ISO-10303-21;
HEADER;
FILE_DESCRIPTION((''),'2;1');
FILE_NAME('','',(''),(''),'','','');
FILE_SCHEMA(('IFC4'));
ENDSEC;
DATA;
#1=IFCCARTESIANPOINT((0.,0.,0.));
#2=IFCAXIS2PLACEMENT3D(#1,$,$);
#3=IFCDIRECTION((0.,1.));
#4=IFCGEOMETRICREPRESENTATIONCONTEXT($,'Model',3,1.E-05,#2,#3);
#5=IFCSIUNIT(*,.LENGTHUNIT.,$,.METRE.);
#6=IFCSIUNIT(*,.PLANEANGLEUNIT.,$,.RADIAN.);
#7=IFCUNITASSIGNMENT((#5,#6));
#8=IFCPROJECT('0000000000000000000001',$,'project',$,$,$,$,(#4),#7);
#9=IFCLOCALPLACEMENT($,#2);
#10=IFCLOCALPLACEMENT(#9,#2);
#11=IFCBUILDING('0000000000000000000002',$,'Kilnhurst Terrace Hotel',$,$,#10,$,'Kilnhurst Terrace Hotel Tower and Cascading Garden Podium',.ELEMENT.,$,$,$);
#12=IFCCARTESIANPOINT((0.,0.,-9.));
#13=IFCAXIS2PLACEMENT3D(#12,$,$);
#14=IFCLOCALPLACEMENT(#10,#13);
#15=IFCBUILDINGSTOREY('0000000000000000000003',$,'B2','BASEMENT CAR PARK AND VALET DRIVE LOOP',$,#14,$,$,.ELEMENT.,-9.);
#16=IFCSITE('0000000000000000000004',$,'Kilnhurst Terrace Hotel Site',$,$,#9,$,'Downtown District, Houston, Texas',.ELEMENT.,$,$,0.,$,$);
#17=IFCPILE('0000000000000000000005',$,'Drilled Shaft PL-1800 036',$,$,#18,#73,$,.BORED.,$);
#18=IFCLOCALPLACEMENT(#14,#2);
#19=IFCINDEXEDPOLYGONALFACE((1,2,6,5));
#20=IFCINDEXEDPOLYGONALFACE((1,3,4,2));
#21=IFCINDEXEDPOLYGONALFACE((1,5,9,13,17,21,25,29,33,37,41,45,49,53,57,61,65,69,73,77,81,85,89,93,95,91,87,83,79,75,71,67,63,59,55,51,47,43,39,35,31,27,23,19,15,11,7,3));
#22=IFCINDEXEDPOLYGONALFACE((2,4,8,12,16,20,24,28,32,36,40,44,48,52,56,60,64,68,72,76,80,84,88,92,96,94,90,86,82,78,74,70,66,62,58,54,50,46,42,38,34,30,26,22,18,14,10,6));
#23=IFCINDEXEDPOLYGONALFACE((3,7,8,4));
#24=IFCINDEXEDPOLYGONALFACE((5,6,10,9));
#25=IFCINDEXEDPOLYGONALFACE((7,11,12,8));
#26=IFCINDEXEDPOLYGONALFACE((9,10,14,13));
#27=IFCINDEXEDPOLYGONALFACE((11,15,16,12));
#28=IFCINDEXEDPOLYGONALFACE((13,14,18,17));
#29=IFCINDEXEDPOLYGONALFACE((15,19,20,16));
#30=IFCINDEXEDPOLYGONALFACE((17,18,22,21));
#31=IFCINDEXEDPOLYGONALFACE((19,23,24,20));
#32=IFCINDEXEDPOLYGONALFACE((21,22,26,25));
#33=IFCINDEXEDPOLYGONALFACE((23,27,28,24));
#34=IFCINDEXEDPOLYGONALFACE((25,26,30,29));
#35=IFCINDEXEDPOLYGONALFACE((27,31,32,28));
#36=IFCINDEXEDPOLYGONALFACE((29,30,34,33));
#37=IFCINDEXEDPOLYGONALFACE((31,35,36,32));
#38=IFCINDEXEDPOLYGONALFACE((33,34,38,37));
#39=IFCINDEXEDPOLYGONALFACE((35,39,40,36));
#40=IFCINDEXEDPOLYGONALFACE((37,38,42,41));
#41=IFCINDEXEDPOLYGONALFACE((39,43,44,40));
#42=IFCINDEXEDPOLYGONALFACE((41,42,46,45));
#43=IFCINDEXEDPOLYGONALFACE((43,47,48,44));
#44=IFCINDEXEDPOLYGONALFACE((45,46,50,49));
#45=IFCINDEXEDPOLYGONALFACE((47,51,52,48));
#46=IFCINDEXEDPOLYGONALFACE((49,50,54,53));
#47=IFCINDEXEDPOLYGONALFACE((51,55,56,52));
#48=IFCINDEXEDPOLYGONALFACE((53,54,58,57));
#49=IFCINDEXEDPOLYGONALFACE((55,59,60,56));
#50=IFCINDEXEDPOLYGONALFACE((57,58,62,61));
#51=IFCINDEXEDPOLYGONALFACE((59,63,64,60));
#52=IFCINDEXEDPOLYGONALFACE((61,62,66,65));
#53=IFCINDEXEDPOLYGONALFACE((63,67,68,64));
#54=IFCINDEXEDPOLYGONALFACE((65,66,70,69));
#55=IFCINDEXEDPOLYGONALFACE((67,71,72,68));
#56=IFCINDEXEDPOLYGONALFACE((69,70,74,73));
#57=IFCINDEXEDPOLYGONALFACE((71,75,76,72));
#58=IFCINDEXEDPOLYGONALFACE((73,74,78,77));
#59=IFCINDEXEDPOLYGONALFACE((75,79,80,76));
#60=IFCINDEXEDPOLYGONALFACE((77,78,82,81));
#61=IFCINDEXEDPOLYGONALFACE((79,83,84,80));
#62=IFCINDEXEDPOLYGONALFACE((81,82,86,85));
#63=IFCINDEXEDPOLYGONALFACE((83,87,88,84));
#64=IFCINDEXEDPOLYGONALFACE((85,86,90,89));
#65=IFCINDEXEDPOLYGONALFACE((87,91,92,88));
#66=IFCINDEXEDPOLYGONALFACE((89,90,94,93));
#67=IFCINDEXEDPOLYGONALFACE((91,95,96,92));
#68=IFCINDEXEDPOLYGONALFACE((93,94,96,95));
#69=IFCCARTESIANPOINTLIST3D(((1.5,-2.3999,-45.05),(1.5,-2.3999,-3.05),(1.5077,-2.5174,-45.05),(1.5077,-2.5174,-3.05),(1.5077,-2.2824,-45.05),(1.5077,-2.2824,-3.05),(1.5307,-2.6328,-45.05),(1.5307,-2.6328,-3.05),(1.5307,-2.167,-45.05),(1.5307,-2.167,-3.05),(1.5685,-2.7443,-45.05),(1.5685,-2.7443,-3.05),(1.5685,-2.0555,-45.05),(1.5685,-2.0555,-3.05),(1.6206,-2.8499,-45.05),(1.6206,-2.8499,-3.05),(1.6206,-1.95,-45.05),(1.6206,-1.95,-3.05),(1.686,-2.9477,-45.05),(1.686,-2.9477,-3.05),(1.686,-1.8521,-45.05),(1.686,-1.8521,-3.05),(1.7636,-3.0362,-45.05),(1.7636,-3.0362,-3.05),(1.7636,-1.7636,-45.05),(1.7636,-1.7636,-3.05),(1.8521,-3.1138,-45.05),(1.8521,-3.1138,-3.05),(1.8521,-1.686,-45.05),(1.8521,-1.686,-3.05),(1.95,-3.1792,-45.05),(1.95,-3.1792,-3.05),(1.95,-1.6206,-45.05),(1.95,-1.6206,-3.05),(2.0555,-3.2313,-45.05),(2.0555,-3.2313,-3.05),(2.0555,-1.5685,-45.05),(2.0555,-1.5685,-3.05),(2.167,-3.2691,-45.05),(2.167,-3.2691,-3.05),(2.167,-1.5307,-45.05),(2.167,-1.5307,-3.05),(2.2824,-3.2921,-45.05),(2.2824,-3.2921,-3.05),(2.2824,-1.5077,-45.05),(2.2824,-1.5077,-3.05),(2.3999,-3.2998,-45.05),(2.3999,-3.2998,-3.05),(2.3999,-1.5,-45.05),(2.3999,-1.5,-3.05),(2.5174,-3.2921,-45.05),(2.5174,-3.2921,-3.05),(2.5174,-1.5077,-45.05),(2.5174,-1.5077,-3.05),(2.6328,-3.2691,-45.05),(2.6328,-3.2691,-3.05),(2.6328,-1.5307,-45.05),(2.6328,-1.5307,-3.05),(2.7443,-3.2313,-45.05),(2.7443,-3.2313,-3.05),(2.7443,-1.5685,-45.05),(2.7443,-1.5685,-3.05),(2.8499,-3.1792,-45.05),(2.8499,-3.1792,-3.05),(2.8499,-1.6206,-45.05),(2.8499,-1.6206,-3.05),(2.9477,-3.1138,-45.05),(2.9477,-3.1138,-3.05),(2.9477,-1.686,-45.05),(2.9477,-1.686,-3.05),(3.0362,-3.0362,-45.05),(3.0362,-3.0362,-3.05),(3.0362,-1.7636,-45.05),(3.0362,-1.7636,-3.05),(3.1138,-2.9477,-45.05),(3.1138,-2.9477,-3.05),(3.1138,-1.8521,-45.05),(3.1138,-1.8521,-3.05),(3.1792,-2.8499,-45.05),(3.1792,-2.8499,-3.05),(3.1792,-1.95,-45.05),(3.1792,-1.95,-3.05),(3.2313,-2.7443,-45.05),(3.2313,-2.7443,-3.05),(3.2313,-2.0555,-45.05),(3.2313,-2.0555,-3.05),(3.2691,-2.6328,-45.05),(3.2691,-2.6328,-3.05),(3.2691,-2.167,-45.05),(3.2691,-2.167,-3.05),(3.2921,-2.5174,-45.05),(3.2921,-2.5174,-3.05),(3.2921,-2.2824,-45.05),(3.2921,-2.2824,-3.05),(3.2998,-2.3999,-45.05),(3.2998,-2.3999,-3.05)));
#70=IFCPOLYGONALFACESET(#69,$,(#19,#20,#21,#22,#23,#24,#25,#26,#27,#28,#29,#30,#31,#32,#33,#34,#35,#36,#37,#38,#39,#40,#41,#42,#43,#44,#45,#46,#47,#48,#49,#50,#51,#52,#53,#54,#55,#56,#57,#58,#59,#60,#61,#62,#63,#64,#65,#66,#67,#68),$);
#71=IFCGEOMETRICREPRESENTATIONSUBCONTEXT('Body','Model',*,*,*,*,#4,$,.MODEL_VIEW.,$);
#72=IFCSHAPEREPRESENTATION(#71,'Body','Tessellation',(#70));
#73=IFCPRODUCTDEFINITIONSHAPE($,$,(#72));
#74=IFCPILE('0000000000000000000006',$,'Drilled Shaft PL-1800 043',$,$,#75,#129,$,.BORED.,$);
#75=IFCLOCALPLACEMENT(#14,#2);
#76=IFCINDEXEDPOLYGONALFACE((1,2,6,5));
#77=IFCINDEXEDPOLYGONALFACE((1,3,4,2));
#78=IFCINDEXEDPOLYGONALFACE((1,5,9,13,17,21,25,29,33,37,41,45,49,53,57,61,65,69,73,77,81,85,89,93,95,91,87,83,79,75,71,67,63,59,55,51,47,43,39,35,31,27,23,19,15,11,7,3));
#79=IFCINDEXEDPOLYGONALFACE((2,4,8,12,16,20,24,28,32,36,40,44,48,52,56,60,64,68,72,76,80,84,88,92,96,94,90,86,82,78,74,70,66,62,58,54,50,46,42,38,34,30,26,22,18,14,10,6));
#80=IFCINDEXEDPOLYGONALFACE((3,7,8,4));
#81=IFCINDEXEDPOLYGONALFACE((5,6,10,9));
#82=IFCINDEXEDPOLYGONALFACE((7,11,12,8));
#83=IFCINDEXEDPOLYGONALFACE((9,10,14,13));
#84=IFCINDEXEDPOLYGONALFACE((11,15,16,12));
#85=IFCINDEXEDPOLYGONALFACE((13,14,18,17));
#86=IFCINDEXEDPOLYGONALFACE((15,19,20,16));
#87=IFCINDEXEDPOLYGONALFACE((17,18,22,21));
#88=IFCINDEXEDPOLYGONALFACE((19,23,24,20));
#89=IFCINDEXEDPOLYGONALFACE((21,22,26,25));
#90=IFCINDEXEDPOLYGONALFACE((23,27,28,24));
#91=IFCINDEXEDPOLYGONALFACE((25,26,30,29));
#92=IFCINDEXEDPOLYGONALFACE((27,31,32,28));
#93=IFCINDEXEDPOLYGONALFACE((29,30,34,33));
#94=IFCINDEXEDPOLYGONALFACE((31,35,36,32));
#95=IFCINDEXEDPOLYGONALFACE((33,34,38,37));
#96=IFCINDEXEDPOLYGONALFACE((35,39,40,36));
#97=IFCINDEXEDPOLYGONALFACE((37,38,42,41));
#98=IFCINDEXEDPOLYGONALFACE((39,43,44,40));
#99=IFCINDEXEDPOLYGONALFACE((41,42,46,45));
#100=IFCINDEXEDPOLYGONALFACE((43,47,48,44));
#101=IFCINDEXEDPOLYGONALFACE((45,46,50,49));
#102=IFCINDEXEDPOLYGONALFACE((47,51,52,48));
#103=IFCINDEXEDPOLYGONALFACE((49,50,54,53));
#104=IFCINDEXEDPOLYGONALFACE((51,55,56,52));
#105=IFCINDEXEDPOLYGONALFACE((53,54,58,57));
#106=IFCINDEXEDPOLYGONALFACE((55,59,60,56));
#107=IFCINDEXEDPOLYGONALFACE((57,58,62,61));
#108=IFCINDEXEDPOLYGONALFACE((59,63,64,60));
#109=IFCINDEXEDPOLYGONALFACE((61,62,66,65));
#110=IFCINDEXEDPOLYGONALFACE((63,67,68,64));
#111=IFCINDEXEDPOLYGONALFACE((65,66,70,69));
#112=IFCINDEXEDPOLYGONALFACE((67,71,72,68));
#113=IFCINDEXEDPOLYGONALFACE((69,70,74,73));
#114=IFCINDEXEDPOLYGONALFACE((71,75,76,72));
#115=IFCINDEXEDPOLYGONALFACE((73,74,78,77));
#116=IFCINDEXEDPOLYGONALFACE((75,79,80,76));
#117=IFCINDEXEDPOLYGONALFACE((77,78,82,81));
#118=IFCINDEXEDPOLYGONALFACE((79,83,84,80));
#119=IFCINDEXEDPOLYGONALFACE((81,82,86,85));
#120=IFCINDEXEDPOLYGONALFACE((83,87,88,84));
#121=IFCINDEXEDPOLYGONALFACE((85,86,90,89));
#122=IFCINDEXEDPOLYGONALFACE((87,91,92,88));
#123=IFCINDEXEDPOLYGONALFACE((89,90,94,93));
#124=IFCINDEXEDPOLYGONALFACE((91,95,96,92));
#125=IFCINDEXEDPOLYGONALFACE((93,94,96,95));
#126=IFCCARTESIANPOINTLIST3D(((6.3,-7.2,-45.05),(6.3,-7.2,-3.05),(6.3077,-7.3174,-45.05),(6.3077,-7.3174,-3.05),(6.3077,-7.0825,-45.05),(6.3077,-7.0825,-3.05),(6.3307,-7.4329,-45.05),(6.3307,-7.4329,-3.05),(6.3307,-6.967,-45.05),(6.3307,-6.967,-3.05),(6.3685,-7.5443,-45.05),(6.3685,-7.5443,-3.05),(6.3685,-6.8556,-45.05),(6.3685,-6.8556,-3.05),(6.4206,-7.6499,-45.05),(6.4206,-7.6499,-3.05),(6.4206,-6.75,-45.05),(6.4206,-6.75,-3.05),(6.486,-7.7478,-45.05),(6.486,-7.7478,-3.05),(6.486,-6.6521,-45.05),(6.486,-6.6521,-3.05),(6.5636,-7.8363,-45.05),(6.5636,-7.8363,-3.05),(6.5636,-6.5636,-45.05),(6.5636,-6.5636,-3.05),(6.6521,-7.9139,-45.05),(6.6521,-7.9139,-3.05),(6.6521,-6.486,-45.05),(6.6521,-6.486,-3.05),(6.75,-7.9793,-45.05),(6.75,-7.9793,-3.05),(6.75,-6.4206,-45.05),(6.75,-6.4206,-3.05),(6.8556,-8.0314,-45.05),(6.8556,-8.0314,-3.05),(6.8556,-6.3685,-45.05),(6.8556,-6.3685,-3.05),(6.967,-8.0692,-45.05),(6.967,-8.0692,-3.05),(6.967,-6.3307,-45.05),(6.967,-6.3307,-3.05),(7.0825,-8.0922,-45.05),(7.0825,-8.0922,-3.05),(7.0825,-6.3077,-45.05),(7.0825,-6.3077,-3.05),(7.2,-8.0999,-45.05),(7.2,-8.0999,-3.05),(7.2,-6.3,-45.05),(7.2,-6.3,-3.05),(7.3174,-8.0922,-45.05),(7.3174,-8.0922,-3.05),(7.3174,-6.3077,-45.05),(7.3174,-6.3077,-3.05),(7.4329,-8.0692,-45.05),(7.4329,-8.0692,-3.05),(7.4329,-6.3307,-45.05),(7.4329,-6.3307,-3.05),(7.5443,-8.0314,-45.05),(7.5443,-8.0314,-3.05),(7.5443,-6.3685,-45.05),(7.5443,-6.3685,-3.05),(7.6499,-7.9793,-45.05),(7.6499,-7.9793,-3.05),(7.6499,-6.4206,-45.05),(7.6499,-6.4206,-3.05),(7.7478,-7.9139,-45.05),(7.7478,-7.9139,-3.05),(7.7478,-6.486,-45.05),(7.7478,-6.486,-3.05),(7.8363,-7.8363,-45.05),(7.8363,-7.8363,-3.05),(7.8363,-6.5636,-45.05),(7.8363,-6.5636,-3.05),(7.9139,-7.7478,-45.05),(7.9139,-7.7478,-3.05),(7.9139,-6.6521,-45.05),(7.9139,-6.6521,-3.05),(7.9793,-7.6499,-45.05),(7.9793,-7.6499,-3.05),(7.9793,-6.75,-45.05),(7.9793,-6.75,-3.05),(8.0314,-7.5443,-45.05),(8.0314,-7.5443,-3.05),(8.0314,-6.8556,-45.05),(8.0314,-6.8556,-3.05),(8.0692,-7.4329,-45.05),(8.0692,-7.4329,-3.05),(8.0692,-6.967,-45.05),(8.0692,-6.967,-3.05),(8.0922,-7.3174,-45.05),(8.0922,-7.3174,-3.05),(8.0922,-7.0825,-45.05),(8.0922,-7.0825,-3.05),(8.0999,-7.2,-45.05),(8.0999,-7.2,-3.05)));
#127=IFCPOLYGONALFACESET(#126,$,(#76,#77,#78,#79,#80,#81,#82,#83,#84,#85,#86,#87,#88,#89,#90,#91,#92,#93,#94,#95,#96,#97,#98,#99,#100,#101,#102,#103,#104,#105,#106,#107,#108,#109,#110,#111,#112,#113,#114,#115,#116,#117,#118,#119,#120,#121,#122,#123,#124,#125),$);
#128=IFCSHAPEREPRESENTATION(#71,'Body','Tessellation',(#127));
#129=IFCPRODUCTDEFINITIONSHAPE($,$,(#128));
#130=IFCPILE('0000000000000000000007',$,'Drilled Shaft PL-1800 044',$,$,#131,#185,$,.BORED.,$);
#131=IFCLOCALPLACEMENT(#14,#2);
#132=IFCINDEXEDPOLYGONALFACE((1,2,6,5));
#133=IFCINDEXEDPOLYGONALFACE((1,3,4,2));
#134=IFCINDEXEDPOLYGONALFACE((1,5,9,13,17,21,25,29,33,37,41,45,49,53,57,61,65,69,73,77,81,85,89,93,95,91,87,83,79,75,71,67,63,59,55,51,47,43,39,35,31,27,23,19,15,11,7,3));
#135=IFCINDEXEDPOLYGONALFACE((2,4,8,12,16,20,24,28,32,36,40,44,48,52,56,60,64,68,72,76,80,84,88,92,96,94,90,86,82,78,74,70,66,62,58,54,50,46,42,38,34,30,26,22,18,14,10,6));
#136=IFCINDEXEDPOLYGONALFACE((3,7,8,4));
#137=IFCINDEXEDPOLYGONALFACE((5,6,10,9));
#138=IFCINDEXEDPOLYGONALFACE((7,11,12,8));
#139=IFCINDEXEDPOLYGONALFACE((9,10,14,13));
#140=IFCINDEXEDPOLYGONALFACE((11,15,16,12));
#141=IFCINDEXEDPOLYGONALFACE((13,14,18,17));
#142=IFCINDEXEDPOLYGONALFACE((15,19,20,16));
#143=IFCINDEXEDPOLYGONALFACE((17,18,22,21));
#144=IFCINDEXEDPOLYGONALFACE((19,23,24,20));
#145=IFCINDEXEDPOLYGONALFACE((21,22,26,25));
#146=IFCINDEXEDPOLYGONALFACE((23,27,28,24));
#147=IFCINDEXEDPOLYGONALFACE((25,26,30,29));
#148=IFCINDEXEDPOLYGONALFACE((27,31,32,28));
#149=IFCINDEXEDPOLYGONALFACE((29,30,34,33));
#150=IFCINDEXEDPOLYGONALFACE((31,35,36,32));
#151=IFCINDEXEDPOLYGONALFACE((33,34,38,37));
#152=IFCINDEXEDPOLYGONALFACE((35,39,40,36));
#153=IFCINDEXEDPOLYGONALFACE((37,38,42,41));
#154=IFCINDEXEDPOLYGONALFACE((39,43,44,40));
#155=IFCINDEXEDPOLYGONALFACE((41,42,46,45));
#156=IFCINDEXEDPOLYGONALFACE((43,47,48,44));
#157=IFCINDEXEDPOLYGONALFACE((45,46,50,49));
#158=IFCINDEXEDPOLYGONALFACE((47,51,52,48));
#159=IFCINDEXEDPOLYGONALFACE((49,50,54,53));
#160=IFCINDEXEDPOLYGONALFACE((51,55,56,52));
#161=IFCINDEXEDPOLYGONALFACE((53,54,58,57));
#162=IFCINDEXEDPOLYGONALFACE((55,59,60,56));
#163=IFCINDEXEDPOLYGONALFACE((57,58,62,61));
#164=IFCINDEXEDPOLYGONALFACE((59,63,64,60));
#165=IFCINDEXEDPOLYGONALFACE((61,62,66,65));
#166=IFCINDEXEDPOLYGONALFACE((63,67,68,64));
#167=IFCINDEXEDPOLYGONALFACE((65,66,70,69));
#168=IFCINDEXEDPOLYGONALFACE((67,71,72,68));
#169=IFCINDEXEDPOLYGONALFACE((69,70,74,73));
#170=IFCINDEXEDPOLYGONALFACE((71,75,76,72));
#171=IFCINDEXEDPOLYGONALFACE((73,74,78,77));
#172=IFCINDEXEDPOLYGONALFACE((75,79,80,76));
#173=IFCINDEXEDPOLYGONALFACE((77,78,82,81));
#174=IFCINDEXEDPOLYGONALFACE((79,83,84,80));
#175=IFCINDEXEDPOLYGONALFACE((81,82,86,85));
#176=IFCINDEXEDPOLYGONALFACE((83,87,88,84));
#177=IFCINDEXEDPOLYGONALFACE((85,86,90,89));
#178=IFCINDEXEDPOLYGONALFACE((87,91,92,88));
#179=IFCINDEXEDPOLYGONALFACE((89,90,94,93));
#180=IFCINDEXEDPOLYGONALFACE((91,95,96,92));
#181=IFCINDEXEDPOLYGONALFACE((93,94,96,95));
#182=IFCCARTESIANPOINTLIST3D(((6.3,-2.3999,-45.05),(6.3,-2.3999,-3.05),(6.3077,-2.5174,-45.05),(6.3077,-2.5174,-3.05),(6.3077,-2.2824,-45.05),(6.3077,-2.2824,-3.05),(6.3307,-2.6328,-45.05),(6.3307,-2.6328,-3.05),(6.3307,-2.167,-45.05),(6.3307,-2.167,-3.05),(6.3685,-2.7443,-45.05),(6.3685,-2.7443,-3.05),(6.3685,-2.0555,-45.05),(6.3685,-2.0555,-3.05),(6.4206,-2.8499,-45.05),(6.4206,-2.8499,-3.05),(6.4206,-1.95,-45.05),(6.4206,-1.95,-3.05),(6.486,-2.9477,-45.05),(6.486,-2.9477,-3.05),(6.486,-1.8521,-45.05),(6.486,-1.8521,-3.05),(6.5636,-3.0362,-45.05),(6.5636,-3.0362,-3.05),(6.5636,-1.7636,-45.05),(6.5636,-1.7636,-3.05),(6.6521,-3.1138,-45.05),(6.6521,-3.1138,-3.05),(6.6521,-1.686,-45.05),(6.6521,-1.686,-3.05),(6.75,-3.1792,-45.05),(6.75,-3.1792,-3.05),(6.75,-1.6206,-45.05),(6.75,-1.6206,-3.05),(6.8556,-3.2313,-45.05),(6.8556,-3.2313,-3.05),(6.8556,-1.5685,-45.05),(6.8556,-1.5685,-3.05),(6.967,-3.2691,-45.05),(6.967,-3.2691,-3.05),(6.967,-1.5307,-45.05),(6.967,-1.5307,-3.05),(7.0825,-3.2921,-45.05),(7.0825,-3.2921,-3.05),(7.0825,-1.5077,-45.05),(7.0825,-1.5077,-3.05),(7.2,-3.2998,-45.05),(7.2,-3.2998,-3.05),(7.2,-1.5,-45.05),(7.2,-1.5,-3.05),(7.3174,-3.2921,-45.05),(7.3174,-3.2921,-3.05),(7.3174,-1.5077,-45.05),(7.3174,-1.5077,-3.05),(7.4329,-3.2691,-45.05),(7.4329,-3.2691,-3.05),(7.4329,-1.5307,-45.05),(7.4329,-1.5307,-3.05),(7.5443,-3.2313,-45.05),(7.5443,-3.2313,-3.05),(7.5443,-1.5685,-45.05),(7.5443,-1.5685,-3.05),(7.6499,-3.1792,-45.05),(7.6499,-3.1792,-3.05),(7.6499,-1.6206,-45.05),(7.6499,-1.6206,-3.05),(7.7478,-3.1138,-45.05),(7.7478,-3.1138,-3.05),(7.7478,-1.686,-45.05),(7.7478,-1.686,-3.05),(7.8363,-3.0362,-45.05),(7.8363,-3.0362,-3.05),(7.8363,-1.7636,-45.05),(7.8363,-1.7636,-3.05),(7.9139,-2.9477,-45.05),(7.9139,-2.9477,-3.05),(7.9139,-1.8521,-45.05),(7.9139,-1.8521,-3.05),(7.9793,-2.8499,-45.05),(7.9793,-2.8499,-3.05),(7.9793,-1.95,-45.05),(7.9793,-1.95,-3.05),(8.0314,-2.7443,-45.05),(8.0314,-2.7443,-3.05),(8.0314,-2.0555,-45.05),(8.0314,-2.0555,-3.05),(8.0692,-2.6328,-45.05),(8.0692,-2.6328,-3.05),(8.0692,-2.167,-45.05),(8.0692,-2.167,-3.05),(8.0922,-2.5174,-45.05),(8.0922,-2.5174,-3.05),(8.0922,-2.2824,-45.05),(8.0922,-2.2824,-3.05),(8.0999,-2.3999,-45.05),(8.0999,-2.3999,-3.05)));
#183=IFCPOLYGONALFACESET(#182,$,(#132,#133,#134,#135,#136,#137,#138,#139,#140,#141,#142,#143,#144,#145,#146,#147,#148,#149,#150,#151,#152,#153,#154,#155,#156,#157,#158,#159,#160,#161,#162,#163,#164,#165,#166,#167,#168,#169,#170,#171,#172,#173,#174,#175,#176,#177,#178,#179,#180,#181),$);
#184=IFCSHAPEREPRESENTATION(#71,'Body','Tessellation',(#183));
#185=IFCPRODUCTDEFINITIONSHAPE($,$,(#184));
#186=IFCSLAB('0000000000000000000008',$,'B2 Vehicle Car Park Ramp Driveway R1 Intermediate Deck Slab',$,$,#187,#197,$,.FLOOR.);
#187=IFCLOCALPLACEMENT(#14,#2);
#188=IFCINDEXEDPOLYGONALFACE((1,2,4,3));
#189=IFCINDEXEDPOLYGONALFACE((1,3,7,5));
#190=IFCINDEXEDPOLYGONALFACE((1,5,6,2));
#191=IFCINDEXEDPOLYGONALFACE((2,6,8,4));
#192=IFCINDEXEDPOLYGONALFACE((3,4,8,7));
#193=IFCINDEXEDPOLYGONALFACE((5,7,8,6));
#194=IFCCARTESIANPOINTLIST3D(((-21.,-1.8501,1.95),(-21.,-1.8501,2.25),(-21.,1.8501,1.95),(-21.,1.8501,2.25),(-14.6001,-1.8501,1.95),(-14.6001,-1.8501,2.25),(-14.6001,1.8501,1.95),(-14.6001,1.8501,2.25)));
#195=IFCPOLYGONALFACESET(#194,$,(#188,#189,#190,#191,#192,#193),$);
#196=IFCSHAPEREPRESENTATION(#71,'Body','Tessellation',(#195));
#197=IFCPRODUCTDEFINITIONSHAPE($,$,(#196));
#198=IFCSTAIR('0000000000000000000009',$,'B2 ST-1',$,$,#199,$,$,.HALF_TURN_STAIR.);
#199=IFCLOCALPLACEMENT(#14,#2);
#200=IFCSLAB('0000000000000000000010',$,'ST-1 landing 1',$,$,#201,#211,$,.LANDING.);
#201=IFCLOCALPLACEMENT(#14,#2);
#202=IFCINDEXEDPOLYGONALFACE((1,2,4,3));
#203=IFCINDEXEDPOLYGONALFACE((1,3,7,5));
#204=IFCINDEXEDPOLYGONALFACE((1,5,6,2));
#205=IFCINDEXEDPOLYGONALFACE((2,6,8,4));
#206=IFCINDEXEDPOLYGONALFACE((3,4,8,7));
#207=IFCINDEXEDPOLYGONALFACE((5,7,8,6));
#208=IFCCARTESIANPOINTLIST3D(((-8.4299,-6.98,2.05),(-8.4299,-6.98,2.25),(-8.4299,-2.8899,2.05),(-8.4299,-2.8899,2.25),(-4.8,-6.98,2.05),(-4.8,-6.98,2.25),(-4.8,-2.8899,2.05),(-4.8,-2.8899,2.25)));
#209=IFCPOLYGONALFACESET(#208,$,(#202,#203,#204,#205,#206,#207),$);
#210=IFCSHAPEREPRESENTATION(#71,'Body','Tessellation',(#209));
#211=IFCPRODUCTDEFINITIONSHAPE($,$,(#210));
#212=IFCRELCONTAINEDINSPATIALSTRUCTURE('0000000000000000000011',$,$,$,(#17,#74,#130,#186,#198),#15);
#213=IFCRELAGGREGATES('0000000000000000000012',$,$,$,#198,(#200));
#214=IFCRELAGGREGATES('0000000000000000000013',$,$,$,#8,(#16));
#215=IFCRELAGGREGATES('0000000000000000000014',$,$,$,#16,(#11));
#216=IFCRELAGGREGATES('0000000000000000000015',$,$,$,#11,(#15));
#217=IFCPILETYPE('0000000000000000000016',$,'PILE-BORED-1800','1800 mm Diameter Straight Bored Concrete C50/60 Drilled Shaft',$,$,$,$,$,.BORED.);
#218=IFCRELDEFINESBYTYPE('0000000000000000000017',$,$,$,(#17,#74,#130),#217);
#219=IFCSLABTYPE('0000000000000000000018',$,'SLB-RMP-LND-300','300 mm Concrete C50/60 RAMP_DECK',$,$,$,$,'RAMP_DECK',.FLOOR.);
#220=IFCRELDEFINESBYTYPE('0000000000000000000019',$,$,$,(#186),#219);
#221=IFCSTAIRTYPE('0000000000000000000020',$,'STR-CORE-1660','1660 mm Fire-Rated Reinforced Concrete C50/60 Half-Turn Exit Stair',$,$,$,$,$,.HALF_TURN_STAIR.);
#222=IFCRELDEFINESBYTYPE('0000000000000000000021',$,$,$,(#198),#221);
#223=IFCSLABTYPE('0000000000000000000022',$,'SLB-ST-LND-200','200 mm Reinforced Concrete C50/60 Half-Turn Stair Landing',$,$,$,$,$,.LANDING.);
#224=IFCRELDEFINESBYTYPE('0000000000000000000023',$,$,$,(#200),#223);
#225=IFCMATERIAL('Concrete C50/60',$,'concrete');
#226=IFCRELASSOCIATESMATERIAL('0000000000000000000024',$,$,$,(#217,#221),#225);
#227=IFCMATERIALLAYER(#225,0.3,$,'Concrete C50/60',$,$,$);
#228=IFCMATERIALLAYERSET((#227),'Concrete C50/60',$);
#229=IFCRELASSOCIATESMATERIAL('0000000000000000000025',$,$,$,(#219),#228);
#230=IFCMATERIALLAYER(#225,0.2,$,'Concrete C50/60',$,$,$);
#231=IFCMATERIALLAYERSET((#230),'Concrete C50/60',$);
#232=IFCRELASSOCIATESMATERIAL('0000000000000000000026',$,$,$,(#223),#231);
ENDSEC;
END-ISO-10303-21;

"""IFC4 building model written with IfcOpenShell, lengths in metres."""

from ifc_helpers import new_model, si_unit, direction, frame, origin, origin_2d, place, context, subcontext, project, spatial, polyline, circle, outline, extrude, material, layer, layer_set, material_profile, profile_set, type_object, element, aggregate, save


model = new_model("IFC4")

# Units and contexts
model_context = context("Model", 3, precision=1e-05, world=origin(), true_north=direction((0.0, 1.0)))
body_context = subcontext(model_context, "Body", "Model", "MODEL_VIEW")
ifc_project = project(units=[si_unit("LENGTHUNIT", "METRE"), si_unit("PLANEANGLEUNIT", "RADIAN")], contexts=[model_context])

# Site, building, storey
site_placement = place(None, origin())
site = spatial("IfcSite", under=ifc_project, at=site_placement, Name="Kilnhurst Terrace Hotel Site", LongName="Downtown District, Houston, Texas", CompositionType="ELEMENT", RefElevation=0.0)
building_placement = place(site_placement, origin())
building = spatial("IfcBuilding", under=site, at=building_placement, Name="Kilnhurst Terrace Hotel", LongName="Kilnhurst Terrace Hotel Tower and Cascading Garden Podium", CompositionType="ELEMENT")
storey_placement = place(building_placement, frame((0.0, 0.0, -9.0)))
storey = spatial("IfcBuildingStorey", under=building, at=storey_placement, Name="B2", Description="BASEMENT CAR PARK AND VALET DRIVE LOOP", CompositionType="ELEMENT", Elevation=-9.0)

# Piles
ifc_material_1 = material(Name="Concrete C50/60", Category="concrete")
ifc_material_profile = material_profile(ifc_material_1, circle(Radius=0.8999, at=origin_2d()), Name="PILE1800")
ifc_profile_set = profile_set([ifc_material_profile], Name="Concrete C50/60")
pile_type = type_object("IfcPileType", Name="PILE-BORED-1800", Description="1800 mm Diameter Straight Bored Concrete C50/60 Drilled Shaft", PredefinedType="BORED", material=ifc_profile_set)
for number, where, z_axis, x_axis, name in (
    (1, (2.3999, -2.3999, -3.05), (0.0, 0.0, -1.0), (1.0, 0.0, 0.0), "Drilled Shaft PL-1800 036"),
    (2, (7.2, -7.2, -3.05), (0.0, 0.0, -1.0), (1.0, 0.0, 0.0), "Drilled Shaft PL-1800 043"),
    (3, (7.2, -2.3999, -3.05), (0.0, 0.0, -1.0), (1.0, 0.0, 0.0), "Drilled Shaft PL-1800 044"),
):
    element("IfcPile", number, at=place(storey_placement, frame(where, z_axis=z_axis, x_axis=x_axis)), inside=storey, type_object=pile_type, Name=name, PredefinedType="BORED", context=body_context, shape_type="SweptSolid", body=[
        extrude(circle(Radius=0.8999, at=origin_2d()), origin(), (0.0, 0.0, 1.0), 42.0),
    ])

# Slab
ifc_layer_1 = layer(ifc_material_1, 0.3, Name="Concrete C50/60")
ifc_layer_set_1 = layer_set([ifc_layer_1], Name="Concrete C50/60")
slab_type_1 = type_object("IfcSlabType", Name="SLB-RMP-LND-300", Description="300 mm Concrete C50/60 RAMP_DECK", ElementType="RAMP_DECK", PredefinedType="FLOOR", material=ifc_layer_set_1)
slab_1_placement = place(storey_placement, frame((0.0, 0.0, 1.95)))
element("IfcSlab", 4, at=slab_1_placement, inside=storey, type_object=slab_type_1, Name="B2 Vehicle Car Park Ramp Driveway R1 Intermediate Deck Slab", PredefinedType="FLOOR", context=body_context, shape_type="SweptSolid", body=[
    extrude(outline(polyline([(-21.0, -1.8501), (-14.6001, -1.8501), (-14.6001, 1.8501), (-21.0, 1.8501), (-21.0, -1.8501)])), origin(), (0.0, 0.0, 1.0), 0.3),
])

# Stair, slab
stair_type_1 = type_object("IfcStairType", Name="STR-CORE-1660", Description="1660 mm Fire-Rated Reinforced Concrete C50/60 Half-Turn Exit Stair", PredefinedType="HALF_TURN_STAIR", material=ifc_material_1)
stair_1_placement = place(storey_placement, origin())
stair_1 = element("IfcStair", 5, at=stair_1_placement, inside=storey, type_object=stair_type_1, Name="B2 ST-1", PredefinedType="HALF_TURN_STAIR")
ifc_layer_2 = layer(ifc_material_1, 0.2, Name="Concrete C50/60")
ifc_layer_set_2 = layer_set([ifc_layer_2], Name="Concrete C50/60")
slab_type_2 = type_object("IfcSlabType", Name="SLB-ST-LND-200", Description="200 mm Reinforced Concrete C50/60 Half-Turn Stair Landing", PredefinedType="LANDING", material=ifc_layer_set_2)
slab_2_placement = place(storey_placement, frame((0.0, 0.0, 2.05)))
slab_2 = element("IfcSlab", 6, at=slab_2_placement, type_object=slab_type_2, Name="ST-1 landing 1", PredefinedType="LANDING", context=body_context, shape_type="SweptSolid", body=[
    extrude(outline(polyline([(-8.4299, -2.8899), (-4.8, -2.8899), (-4.8, -6.98), (-8.4299, -6.98), (-8.4299, -2.8899)])), origin(), (0.0, 0.0, 1.0), 0.2),
])
aggregate(stair_1, [slab_2])

save(model, "model.ifc")
